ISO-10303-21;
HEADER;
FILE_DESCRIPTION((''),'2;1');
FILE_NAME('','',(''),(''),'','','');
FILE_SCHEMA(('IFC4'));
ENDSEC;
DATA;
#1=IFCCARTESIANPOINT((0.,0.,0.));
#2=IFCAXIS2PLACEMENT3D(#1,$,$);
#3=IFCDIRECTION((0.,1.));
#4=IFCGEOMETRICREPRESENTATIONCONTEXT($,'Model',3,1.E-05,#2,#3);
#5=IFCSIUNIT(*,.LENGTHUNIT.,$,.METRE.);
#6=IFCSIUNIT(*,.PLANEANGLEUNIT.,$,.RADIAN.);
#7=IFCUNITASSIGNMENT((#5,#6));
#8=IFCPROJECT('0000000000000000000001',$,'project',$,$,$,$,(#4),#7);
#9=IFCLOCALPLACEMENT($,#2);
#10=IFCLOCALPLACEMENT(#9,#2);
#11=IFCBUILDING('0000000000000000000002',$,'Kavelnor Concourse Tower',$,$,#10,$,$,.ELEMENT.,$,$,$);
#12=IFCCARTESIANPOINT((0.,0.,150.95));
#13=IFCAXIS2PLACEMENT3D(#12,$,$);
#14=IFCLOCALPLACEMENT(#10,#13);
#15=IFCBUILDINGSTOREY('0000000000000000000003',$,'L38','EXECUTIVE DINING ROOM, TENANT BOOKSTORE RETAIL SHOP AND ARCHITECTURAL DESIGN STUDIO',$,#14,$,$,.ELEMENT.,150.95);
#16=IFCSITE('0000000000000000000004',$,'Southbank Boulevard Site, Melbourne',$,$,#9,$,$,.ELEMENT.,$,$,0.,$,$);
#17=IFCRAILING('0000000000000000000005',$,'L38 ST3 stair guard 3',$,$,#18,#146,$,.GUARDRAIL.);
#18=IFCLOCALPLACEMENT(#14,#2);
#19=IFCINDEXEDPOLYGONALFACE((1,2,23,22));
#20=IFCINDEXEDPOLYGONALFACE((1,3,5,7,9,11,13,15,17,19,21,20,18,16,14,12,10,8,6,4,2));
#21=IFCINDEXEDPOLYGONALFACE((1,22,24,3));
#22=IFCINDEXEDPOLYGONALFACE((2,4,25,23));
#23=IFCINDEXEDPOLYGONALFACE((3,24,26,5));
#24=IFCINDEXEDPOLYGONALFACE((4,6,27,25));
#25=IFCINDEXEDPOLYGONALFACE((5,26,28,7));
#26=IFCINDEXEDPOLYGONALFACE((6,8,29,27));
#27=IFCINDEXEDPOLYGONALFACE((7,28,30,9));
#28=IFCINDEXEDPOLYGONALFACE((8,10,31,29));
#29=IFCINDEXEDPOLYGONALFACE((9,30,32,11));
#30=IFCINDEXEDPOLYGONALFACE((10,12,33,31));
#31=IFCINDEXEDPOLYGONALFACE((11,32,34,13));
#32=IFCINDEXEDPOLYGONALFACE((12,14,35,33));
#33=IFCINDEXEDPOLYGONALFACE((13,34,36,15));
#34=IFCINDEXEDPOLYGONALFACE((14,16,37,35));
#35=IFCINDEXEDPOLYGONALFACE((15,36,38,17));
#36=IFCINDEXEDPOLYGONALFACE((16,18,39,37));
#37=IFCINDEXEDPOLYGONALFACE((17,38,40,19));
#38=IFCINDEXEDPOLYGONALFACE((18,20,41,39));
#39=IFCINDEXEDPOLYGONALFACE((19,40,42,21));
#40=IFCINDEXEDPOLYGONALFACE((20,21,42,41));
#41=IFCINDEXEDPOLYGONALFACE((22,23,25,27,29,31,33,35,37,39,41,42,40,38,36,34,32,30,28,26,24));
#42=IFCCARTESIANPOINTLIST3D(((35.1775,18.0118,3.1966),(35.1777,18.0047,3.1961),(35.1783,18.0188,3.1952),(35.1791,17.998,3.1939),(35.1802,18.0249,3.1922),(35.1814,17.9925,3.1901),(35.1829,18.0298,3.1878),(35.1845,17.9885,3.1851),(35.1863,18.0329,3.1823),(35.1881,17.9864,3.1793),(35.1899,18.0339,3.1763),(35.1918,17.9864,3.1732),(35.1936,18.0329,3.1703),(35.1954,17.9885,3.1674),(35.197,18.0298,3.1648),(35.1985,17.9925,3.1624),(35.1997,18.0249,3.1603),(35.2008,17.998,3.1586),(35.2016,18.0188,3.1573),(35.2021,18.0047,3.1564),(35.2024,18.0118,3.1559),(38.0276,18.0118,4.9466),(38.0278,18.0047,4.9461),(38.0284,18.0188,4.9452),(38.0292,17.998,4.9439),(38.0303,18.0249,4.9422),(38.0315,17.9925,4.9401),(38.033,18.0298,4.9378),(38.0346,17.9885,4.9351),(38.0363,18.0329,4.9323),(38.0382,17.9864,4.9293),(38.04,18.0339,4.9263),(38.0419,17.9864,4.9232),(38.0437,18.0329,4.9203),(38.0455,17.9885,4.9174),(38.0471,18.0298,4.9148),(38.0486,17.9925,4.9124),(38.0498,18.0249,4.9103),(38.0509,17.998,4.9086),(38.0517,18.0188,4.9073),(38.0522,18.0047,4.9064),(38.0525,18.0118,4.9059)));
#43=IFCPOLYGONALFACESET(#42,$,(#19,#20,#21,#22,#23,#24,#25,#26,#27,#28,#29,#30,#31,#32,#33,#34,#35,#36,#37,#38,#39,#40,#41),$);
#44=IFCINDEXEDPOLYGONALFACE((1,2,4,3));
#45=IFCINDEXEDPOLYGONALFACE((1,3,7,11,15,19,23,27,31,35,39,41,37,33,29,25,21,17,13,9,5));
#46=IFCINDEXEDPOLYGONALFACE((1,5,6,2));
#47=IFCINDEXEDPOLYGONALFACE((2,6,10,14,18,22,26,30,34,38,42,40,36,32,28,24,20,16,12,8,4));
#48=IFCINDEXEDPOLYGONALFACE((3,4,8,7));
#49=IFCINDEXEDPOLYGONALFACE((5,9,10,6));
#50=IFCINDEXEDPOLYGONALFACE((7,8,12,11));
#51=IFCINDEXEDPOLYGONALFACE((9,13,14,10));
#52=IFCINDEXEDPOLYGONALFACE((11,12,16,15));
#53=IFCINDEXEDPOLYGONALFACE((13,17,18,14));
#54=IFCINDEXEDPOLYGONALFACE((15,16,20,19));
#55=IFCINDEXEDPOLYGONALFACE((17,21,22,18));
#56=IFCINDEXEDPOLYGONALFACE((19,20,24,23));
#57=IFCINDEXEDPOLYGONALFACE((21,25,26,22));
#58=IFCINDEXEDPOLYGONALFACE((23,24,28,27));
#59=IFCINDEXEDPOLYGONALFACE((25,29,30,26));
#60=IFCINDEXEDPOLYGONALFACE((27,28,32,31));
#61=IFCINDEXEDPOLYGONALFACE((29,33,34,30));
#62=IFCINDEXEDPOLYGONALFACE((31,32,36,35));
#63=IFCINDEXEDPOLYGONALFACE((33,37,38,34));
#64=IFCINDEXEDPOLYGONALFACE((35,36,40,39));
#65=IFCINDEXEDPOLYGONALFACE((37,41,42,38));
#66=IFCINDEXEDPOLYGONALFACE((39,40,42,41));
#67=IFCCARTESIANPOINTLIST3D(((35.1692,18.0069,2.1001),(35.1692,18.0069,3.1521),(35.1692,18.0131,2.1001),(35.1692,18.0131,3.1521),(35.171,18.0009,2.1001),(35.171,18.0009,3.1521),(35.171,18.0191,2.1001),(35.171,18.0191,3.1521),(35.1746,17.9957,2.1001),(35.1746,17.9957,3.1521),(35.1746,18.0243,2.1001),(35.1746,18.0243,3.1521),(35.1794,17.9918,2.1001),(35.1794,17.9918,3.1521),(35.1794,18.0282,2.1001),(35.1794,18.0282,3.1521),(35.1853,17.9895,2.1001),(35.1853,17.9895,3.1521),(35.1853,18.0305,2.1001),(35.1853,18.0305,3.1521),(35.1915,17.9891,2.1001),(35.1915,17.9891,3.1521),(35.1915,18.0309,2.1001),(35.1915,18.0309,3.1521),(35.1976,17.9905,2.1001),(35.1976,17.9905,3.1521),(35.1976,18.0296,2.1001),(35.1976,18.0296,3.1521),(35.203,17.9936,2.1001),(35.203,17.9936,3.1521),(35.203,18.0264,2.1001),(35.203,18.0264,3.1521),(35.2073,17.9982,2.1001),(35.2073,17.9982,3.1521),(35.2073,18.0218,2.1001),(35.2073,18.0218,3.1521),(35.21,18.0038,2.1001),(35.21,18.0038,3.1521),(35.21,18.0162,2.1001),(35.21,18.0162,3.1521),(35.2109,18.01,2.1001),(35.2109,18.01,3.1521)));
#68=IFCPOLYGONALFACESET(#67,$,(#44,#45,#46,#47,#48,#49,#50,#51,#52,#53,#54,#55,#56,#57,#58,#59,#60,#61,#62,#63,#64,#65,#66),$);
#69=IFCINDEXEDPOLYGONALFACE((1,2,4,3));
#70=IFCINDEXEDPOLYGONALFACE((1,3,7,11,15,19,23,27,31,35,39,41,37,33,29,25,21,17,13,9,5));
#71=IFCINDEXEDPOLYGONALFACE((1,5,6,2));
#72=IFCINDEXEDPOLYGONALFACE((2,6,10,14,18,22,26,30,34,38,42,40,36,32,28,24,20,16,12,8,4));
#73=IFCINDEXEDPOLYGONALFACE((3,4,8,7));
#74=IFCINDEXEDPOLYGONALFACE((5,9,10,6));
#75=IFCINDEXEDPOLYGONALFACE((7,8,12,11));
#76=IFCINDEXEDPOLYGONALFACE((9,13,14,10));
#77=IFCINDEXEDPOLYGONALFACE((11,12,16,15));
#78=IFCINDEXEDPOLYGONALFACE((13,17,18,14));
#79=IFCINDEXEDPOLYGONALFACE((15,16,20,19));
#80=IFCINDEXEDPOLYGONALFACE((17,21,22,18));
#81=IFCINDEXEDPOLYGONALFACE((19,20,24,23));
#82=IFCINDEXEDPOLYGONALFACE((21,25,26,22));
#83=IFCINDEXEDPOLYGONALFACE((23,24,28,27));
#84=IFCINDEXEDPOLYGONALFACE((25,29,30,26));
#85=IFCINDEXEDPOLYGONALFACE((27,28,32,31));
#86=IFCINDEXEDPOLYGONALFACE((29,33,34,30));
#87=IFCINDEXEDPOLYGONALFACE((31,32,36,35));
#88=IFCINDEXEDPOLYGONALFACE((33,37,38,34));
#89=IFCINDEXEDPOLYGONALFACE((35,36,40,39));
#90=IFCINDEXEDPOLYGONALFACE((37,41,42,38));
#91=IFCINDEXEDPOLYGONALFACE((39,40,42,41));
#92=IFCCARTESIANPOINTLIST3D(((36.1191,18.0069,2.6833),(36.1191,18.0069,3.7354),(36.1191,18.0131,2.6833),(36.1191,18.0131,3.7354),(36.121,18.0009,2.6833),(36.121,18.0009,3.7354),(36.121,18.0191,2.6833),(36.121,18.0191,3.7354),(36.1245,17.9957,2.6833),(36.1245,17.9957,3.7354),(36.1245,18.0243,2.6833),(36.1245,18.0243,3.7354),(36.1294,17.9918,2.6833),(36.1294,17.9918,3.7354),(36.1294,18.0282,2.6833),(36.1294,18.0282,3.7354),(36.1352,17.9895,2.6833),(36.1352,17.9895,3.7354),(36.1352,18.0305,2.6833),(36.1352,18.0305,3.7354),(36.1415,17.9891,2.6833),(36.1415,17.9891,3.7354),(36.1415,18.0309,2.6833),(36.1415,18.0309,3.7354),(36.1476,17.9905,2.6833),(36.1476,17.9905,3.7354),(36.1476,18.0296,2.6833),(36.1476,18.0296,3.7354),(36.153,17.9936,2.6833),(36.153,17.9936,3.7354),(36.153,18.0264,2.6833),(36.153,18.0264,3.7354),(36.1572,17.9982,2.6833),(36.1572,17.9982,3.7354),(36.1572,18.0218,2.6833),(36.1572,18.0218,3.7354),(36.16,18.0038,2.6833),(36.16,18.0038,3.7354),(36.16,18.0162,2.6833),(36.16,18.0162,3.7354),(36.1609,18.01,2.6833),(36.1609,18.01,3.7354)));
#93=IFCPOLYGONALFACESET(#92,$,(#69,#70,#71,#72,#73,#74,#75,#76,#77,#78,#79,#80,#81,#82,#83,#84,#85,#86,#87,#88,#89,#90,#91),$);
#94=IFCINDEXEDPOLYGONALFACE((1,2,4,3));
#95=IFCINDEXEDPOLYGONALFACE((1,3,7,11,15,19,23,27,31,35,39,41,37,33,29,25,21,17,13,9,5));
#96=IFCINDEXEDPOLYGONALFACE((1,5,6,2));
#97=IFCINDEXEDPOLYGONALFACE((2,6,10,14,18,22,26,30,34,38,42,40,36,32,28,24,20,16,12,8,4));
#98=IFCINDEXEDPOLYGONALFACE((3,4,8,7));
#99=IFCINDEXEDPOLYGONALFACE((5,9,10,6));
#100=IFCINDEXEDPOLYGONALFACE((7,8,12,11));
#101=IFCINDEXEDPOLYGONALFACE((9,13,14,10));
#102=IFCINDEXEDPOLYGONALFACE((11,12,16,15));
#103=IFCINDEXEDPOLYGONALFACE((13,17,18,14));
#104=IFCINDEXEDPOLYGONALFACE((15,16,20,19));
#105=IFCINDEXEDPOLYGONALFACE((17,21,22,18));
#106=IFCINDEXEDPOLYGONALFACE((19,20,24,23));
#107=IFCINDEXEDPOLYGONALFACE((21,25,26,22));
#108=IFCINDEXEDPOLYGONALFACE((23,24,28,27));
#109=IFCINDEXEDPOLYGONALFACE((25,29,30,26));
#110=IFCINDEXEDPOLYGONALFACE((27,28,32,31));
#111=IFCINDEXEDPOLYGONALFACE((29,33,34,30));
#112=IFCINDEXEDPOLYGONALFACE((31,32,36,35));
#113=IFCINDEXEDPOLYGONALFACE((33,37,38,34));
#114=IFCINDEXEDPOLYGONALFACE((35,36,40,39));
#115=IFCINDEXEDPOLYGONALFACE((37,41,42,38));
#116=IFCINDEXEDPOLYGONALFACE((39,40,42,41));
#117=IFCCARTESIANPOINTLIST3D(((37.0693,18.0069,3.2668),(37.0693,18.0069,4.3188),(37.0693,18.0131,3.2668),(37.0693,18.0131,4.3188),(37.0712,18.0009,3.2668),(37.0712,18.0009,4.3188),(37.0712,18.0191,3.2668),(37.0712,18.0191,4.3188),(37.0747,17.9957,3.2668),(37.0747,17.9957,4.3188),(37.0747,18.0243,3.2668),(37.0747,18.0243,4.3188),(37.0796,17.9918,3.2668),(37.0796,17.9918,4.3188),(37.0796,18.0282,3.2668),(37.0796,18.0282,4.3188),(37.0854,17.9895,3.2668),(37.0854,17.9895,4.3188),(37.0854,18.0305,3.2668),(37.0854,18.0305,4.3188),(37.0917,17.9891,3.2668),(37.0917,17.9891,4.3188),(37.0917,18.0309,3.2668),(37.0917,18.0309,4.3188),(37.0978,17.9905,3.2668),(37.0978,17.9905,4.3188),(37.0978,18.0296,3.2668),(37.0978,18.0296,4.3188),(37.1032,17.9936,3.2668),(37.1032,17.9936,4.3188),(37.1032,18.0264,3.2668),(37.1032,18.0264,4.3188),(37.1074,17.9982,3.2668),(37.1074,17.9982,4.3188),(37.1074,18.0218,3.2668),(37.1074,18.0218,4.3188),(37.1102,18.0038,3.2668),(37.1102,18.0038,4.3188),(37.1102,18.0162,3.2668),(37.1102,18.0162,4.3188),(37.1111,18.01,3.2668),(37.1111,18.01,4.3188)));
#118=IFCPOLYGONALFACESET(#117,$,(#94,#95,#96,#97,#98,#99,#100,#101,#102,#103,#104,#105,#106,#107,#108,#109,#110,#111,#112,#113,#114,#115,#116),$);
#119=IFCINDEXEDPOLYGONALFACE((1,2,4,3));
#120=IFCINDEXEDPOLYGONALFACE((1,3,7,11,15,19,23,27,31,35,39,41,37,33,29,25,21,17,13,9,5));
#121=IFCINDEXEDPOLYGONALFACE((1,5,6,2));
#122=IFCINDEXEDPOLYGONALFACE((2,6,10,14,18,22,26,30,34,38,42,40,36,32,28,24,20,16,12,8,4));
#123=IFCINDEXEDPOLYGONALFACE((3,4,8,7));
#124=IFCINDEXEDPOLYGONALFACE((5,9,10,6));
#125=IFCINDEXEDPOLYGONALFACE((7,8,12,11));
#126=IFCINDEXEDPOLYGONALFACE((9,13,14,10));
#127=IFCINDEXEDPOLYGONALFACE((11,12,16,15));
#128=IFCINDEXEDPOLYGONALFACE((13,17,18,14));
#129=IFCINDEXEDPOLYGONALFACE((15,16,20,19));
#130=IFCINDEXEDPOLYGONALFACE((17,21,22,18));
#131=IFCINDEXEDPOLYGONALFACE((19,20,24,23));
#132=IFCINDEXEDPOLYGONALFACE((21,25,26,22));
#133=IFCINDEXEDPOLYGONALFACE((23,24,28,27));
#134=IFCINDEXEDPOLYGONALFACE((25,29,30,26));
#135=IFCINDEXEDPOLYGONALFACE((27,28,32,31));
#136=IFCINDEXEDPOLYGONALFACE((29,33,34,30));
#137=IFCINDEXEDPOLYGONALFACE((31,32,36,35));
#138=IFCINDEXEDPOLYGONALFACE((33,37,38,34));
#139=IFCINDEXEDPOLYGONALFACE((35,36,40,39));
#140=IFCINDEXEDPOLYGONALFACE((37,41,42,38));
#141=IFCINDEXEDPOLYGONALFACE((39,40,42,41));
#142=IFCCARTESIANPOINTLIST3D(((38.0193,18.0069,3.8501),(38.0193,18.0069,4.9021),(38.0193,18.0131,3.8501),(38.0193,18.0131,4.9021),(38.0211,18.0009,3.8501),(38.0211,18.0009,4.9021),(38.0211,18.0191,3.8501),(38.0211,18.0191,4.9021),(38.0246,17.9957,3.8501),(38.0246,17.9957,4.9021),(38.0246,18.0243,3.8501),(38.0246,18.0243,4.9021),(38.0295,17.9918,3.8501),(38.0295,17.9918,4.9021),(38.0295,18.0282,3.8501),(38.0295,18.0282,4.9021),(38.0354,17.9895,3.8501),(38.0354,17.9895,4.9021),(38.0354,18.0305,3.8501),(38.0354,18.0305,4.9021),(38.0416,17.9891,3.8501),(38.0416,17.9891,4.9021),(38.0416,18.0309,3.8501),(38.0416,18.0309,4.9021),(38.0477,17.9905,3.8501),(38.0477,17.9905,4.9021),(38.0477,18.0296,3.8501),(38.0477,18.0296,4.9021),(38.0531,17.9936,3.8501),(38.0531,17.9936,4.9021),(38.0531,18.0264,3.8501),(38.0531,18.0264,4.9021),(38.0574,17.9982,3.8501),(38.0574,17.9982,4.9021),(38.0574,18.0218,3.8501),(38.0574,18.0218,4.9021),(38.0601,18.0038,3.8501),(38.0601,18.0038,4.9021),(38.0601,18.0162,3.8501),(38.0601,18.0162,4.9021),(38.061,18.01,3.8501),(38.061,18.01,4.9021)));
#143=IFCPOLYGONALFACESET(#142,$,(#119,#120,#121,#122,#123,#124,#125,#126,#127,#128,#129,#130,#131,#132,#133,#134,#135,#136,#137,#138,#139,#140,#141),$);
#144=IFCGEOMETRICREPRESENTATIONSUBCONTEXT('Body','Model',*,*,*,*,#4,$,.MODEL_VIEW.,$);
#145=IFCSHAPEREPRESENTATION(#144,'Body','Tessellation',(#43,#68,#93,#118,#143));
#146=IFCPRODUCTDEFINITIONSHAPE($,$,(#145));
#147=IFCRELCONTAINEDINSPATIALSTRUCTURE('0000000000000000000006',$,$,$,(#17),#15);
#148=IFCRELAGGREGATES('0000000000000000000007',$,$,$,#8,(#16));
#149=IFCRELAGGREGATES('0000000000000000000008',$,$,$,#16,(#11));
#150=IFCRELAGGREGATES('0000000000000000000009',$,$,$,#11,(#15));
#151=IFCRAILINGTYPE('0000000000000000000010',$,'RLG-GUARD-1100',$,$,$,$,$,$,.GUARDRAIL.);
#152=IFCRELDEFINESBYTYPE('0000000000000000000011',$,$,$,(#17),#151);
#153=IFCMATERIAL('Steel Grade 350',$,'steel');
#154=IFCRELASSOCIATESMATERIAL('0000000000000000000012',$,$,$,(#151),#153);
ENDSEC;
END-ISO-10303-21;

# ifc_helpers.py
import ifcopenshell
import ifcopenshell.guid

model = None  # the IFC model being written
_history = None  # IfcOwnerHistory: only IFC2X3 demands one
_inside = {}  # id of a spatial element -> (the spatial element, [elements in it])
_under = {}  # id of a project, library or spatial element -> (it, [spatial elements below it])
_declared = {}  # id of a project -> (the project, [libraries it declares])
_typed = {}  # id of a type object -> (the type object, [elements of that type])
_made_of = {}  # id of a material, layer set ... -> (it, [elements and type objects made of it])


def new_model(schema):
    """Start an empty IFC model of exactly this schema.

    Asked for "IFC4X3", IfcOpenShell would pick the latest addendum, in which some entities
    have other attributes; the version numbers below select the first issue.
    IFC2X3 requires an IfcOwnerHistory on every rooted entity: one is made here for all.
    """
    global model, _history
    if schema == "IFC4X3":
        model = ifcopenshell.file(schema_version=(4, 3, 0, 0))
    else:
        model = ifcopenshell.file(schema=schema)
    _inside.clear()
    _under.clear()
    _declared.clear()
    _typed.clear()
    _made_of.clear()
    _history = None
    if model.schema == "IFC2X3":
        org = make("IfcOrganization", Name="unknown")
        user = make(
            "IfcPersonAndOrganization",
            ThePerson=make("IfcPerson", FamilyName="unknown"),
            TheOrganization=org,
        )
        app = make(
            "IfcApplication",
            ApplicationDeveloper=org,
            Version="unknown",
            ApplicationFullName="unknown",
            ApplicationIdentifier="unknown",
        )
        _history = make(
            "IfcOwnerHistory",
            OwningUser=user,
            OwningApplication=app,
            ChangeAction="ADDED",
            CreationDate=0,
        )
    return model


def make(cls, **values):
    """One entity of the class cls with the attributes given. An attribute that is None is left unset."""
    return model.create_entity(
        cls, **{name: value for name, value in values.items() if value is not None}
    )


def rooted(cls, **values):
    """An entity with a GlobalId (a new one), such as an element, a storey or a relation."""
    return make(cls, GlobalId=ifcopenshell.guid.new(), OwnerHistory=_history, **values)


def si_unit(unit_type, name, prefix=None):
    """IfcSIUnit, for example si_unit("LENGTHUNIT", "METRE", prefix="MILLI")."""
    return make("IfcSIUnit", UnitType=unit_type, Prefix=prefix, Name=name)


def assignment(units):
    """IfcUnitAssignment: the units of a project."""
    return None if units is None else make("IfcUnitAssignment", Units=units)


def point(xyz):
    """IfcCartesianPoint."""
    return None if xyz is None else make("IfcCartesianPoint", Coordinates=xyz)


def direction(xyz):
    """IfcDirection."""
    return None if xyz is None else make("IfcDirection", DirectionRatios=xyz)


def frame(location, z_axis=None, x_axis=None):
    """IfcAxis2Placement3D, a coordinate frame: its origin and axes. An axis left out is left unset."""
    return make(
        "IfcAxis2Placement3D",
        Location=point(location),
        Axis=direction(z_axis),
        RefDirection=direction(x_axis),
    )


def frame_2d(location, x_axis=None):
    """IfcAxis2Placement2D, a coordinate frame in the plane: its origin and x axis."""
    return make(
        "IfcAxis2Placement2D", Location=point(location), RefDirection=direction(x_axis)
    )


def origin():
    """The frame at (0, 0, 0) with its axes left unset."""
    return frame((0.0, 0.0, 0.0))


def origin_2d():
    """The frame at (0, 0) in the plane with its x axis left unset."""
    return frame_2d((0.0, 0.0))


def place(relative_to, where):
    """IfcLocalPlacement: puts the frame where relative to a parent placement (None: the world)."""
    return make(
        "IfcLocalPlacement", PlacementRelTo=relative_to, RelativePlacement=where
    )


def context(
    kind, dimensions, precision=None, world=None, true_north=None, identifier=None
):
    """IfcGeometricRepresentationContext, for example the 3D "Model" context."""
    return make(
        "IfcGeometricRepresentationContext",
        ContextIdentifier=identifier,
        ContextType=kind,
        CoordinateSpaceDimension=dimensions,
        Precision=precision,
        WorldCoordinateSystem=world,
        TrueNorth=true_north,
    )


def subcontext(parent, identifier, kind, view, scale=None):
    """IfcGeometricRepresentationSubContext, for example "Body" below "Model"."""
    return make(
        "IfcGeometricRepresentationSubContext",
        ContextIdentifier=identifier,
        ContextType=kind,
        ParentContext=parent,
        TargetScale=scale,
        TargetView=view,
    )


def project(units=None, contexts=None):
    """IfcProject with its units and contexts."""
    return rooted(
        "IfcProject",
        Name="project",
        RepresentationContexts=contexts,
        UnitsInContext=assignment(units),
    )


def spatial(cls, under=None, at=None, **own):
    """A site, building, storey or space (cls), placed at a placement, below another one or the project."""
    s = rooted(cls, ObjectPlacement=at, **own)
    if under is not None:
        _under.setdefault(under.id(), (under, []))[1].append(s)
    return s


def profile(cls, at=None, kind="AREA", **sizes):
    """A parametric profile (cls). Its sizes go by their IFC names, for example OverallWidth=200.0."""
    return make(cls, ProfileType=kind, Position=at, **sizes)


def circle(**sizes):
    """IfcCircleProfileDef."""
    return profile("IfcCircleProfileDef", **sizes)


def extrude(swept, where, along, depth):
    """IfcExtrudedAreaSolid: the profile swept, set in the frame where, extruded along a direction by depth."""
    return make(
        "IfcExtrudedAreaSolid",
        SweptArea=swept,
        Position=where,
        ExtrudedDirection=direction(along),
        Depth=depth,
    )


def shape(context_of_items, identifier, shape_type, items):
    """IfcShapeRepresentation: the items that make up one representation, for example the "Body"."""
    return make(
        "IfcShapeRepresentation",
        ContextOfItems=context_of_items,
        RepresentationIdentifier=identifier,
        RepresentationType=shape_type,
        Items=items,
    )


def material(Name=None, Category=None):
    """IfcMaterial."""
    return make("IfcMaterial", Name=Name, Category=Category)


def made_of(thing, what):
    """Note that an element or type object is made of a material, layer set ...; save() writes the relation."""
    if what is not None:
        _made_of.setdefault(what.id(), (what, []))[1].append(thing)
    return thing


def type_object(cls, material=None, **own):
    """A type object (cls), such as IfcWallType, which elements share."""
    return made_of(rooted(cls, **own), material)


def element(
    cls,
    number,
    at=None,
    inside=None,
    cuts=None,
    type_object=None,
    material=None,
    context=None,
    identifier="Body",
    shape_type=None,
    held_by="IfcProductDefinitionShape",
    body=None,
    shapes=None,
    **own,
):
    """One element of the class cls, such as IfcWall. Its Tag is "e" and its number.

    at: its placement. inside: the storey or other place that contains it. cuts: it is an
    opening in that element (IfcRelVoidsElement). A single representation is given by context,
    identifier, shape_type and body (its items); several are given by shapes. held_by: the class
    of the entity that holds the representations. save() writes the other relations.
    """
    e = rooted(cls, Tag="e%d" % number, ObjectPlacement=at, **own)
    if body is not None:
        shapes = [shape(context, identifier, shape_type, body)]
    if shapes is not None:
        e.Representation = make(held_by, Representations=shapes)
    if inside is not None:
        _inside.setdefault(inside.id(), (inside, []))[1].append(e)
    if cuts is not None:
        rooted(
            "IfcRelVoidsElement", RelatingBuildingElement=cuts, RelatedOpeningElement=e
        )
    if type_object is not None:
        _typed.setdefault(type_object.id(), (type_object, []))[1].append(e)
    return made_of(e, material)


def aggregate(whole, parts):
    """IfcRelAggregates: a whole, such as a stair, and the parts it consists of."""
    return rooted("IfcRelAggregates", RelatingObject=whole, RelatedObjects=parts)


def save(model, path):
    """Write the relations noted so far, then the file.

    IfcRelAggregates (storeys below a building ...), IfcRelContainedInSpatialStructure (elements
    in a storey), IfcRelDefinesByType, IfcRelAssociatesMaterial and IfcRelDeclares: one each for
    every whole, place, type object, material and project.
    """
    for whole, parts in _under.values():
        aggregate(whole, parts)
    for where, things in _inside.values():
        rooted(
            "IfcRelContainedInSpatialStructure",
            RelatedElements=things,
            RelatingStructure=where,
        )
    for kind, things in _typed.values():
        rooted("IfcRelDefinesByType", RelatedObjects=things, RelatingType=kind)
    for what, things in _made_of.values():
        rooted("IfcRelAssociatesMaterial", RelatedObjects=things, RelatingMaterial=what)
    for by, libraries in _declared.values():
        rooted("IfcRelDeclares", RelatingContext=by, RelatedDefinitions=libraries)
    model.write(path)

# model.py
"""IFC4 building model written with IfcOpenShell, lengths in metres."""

from ifc_helpers import new_model, si_unit, direction, frame, origin, origin_2d, place, context, subcontext, project, spatial, circle, extrude, material, type_object, element, save


model = new_model("IFC4")

# Units and contexts
model_context = context("Model", 3, precision=1e-05, world=origin(), true_north=direction((0.0, 1.0)))
body_context = subcontext(model_context, "Body", "Model", "MODEL_VIEW")
ifc_project = project(units=[si_unit("LENGTHUNIT", "METRE"), si_unit("PLANEANGLEUNIT", "RADIAN")], contexts=[model_context])

# Site, building, storey
site_placement = place(None, origin())
site = spatial("IfcSite", under=ifc_project, at=site_placement, Name="Southbank Boulevard Site, Melbourne", CompositionType="ELEMENT", RefElevation=0.0)
building_placement = place(site_placement, origin())
building = spatial("IfcBuilding", under=site, at=building_placement, Name="Kavelnor Concourse Tower", CompositionType="ELEMENT")
storey_placement = place(building_placement, frame((0.0, 0.0, 150.95)))
storey = spatial("IfcBuildingStorey", under=building, at=storey_placement, Name="L38", Description="EXECUTIVE DINING ROOM, TENANT BOOKSTORE RETAIL SHOP AND ARCHITECTURAL DESIGN STUDIO", CompositionType="ELEMENT", Elevation=150.95)

# Shared definitions
ifc_material_1 = material(Name="Steel Grade 350", Category="steel")

# Railing
railing_type = type_object("IfcRailingType", Name="RLG-GUARD-1100", PredefinedType="GUARDRAIL", material=ifc_material_1)
railing_1_placement = place(storey_placement, frame((35.1899, 18.01, 2.1001)))
element("IfcRailing", 1, at=railing_1_placement, inside=storey, type_object=railing_type, Name="L38 ST3 stair guard 3", PredefinedType="GUARDRAIL", context=body_context, shape_type="SweptSolid", body=[
    extrude(circle(Radius=0.0239, at=origin_2d()), frame((0.0, 0.0, 1.0762), z_axis=(0.852179, 0.0, 0.52325), x_axis=(0.0, 1.0, 0.0)), (0.0, 0.0, 1.0), 3.3445),
    extrude(circle(Radius=0.021, at=origin_2d()), origin(), (0.0, 0.0, 1.0), 1.052),
    extrude(circle(Radius=0.021, at=origin_2d()), frame((0.95, 0.0, 0.5833)), (0.0, 0.0, 1.0), 1.052),
    extrude(circle(Radius=0.021, at=origin_2d()), frame((1.9001, 0.0, 1.1667)), (0.0, 0.0, 1.0), 1.052),
    extrude(circle(Radius=0.021, at=origin_2d()), frame((2.8501, 0.0, 1.75)), (0.0, 0.0, 1.0), 1.052),
])

save(model, "model.ifc")
